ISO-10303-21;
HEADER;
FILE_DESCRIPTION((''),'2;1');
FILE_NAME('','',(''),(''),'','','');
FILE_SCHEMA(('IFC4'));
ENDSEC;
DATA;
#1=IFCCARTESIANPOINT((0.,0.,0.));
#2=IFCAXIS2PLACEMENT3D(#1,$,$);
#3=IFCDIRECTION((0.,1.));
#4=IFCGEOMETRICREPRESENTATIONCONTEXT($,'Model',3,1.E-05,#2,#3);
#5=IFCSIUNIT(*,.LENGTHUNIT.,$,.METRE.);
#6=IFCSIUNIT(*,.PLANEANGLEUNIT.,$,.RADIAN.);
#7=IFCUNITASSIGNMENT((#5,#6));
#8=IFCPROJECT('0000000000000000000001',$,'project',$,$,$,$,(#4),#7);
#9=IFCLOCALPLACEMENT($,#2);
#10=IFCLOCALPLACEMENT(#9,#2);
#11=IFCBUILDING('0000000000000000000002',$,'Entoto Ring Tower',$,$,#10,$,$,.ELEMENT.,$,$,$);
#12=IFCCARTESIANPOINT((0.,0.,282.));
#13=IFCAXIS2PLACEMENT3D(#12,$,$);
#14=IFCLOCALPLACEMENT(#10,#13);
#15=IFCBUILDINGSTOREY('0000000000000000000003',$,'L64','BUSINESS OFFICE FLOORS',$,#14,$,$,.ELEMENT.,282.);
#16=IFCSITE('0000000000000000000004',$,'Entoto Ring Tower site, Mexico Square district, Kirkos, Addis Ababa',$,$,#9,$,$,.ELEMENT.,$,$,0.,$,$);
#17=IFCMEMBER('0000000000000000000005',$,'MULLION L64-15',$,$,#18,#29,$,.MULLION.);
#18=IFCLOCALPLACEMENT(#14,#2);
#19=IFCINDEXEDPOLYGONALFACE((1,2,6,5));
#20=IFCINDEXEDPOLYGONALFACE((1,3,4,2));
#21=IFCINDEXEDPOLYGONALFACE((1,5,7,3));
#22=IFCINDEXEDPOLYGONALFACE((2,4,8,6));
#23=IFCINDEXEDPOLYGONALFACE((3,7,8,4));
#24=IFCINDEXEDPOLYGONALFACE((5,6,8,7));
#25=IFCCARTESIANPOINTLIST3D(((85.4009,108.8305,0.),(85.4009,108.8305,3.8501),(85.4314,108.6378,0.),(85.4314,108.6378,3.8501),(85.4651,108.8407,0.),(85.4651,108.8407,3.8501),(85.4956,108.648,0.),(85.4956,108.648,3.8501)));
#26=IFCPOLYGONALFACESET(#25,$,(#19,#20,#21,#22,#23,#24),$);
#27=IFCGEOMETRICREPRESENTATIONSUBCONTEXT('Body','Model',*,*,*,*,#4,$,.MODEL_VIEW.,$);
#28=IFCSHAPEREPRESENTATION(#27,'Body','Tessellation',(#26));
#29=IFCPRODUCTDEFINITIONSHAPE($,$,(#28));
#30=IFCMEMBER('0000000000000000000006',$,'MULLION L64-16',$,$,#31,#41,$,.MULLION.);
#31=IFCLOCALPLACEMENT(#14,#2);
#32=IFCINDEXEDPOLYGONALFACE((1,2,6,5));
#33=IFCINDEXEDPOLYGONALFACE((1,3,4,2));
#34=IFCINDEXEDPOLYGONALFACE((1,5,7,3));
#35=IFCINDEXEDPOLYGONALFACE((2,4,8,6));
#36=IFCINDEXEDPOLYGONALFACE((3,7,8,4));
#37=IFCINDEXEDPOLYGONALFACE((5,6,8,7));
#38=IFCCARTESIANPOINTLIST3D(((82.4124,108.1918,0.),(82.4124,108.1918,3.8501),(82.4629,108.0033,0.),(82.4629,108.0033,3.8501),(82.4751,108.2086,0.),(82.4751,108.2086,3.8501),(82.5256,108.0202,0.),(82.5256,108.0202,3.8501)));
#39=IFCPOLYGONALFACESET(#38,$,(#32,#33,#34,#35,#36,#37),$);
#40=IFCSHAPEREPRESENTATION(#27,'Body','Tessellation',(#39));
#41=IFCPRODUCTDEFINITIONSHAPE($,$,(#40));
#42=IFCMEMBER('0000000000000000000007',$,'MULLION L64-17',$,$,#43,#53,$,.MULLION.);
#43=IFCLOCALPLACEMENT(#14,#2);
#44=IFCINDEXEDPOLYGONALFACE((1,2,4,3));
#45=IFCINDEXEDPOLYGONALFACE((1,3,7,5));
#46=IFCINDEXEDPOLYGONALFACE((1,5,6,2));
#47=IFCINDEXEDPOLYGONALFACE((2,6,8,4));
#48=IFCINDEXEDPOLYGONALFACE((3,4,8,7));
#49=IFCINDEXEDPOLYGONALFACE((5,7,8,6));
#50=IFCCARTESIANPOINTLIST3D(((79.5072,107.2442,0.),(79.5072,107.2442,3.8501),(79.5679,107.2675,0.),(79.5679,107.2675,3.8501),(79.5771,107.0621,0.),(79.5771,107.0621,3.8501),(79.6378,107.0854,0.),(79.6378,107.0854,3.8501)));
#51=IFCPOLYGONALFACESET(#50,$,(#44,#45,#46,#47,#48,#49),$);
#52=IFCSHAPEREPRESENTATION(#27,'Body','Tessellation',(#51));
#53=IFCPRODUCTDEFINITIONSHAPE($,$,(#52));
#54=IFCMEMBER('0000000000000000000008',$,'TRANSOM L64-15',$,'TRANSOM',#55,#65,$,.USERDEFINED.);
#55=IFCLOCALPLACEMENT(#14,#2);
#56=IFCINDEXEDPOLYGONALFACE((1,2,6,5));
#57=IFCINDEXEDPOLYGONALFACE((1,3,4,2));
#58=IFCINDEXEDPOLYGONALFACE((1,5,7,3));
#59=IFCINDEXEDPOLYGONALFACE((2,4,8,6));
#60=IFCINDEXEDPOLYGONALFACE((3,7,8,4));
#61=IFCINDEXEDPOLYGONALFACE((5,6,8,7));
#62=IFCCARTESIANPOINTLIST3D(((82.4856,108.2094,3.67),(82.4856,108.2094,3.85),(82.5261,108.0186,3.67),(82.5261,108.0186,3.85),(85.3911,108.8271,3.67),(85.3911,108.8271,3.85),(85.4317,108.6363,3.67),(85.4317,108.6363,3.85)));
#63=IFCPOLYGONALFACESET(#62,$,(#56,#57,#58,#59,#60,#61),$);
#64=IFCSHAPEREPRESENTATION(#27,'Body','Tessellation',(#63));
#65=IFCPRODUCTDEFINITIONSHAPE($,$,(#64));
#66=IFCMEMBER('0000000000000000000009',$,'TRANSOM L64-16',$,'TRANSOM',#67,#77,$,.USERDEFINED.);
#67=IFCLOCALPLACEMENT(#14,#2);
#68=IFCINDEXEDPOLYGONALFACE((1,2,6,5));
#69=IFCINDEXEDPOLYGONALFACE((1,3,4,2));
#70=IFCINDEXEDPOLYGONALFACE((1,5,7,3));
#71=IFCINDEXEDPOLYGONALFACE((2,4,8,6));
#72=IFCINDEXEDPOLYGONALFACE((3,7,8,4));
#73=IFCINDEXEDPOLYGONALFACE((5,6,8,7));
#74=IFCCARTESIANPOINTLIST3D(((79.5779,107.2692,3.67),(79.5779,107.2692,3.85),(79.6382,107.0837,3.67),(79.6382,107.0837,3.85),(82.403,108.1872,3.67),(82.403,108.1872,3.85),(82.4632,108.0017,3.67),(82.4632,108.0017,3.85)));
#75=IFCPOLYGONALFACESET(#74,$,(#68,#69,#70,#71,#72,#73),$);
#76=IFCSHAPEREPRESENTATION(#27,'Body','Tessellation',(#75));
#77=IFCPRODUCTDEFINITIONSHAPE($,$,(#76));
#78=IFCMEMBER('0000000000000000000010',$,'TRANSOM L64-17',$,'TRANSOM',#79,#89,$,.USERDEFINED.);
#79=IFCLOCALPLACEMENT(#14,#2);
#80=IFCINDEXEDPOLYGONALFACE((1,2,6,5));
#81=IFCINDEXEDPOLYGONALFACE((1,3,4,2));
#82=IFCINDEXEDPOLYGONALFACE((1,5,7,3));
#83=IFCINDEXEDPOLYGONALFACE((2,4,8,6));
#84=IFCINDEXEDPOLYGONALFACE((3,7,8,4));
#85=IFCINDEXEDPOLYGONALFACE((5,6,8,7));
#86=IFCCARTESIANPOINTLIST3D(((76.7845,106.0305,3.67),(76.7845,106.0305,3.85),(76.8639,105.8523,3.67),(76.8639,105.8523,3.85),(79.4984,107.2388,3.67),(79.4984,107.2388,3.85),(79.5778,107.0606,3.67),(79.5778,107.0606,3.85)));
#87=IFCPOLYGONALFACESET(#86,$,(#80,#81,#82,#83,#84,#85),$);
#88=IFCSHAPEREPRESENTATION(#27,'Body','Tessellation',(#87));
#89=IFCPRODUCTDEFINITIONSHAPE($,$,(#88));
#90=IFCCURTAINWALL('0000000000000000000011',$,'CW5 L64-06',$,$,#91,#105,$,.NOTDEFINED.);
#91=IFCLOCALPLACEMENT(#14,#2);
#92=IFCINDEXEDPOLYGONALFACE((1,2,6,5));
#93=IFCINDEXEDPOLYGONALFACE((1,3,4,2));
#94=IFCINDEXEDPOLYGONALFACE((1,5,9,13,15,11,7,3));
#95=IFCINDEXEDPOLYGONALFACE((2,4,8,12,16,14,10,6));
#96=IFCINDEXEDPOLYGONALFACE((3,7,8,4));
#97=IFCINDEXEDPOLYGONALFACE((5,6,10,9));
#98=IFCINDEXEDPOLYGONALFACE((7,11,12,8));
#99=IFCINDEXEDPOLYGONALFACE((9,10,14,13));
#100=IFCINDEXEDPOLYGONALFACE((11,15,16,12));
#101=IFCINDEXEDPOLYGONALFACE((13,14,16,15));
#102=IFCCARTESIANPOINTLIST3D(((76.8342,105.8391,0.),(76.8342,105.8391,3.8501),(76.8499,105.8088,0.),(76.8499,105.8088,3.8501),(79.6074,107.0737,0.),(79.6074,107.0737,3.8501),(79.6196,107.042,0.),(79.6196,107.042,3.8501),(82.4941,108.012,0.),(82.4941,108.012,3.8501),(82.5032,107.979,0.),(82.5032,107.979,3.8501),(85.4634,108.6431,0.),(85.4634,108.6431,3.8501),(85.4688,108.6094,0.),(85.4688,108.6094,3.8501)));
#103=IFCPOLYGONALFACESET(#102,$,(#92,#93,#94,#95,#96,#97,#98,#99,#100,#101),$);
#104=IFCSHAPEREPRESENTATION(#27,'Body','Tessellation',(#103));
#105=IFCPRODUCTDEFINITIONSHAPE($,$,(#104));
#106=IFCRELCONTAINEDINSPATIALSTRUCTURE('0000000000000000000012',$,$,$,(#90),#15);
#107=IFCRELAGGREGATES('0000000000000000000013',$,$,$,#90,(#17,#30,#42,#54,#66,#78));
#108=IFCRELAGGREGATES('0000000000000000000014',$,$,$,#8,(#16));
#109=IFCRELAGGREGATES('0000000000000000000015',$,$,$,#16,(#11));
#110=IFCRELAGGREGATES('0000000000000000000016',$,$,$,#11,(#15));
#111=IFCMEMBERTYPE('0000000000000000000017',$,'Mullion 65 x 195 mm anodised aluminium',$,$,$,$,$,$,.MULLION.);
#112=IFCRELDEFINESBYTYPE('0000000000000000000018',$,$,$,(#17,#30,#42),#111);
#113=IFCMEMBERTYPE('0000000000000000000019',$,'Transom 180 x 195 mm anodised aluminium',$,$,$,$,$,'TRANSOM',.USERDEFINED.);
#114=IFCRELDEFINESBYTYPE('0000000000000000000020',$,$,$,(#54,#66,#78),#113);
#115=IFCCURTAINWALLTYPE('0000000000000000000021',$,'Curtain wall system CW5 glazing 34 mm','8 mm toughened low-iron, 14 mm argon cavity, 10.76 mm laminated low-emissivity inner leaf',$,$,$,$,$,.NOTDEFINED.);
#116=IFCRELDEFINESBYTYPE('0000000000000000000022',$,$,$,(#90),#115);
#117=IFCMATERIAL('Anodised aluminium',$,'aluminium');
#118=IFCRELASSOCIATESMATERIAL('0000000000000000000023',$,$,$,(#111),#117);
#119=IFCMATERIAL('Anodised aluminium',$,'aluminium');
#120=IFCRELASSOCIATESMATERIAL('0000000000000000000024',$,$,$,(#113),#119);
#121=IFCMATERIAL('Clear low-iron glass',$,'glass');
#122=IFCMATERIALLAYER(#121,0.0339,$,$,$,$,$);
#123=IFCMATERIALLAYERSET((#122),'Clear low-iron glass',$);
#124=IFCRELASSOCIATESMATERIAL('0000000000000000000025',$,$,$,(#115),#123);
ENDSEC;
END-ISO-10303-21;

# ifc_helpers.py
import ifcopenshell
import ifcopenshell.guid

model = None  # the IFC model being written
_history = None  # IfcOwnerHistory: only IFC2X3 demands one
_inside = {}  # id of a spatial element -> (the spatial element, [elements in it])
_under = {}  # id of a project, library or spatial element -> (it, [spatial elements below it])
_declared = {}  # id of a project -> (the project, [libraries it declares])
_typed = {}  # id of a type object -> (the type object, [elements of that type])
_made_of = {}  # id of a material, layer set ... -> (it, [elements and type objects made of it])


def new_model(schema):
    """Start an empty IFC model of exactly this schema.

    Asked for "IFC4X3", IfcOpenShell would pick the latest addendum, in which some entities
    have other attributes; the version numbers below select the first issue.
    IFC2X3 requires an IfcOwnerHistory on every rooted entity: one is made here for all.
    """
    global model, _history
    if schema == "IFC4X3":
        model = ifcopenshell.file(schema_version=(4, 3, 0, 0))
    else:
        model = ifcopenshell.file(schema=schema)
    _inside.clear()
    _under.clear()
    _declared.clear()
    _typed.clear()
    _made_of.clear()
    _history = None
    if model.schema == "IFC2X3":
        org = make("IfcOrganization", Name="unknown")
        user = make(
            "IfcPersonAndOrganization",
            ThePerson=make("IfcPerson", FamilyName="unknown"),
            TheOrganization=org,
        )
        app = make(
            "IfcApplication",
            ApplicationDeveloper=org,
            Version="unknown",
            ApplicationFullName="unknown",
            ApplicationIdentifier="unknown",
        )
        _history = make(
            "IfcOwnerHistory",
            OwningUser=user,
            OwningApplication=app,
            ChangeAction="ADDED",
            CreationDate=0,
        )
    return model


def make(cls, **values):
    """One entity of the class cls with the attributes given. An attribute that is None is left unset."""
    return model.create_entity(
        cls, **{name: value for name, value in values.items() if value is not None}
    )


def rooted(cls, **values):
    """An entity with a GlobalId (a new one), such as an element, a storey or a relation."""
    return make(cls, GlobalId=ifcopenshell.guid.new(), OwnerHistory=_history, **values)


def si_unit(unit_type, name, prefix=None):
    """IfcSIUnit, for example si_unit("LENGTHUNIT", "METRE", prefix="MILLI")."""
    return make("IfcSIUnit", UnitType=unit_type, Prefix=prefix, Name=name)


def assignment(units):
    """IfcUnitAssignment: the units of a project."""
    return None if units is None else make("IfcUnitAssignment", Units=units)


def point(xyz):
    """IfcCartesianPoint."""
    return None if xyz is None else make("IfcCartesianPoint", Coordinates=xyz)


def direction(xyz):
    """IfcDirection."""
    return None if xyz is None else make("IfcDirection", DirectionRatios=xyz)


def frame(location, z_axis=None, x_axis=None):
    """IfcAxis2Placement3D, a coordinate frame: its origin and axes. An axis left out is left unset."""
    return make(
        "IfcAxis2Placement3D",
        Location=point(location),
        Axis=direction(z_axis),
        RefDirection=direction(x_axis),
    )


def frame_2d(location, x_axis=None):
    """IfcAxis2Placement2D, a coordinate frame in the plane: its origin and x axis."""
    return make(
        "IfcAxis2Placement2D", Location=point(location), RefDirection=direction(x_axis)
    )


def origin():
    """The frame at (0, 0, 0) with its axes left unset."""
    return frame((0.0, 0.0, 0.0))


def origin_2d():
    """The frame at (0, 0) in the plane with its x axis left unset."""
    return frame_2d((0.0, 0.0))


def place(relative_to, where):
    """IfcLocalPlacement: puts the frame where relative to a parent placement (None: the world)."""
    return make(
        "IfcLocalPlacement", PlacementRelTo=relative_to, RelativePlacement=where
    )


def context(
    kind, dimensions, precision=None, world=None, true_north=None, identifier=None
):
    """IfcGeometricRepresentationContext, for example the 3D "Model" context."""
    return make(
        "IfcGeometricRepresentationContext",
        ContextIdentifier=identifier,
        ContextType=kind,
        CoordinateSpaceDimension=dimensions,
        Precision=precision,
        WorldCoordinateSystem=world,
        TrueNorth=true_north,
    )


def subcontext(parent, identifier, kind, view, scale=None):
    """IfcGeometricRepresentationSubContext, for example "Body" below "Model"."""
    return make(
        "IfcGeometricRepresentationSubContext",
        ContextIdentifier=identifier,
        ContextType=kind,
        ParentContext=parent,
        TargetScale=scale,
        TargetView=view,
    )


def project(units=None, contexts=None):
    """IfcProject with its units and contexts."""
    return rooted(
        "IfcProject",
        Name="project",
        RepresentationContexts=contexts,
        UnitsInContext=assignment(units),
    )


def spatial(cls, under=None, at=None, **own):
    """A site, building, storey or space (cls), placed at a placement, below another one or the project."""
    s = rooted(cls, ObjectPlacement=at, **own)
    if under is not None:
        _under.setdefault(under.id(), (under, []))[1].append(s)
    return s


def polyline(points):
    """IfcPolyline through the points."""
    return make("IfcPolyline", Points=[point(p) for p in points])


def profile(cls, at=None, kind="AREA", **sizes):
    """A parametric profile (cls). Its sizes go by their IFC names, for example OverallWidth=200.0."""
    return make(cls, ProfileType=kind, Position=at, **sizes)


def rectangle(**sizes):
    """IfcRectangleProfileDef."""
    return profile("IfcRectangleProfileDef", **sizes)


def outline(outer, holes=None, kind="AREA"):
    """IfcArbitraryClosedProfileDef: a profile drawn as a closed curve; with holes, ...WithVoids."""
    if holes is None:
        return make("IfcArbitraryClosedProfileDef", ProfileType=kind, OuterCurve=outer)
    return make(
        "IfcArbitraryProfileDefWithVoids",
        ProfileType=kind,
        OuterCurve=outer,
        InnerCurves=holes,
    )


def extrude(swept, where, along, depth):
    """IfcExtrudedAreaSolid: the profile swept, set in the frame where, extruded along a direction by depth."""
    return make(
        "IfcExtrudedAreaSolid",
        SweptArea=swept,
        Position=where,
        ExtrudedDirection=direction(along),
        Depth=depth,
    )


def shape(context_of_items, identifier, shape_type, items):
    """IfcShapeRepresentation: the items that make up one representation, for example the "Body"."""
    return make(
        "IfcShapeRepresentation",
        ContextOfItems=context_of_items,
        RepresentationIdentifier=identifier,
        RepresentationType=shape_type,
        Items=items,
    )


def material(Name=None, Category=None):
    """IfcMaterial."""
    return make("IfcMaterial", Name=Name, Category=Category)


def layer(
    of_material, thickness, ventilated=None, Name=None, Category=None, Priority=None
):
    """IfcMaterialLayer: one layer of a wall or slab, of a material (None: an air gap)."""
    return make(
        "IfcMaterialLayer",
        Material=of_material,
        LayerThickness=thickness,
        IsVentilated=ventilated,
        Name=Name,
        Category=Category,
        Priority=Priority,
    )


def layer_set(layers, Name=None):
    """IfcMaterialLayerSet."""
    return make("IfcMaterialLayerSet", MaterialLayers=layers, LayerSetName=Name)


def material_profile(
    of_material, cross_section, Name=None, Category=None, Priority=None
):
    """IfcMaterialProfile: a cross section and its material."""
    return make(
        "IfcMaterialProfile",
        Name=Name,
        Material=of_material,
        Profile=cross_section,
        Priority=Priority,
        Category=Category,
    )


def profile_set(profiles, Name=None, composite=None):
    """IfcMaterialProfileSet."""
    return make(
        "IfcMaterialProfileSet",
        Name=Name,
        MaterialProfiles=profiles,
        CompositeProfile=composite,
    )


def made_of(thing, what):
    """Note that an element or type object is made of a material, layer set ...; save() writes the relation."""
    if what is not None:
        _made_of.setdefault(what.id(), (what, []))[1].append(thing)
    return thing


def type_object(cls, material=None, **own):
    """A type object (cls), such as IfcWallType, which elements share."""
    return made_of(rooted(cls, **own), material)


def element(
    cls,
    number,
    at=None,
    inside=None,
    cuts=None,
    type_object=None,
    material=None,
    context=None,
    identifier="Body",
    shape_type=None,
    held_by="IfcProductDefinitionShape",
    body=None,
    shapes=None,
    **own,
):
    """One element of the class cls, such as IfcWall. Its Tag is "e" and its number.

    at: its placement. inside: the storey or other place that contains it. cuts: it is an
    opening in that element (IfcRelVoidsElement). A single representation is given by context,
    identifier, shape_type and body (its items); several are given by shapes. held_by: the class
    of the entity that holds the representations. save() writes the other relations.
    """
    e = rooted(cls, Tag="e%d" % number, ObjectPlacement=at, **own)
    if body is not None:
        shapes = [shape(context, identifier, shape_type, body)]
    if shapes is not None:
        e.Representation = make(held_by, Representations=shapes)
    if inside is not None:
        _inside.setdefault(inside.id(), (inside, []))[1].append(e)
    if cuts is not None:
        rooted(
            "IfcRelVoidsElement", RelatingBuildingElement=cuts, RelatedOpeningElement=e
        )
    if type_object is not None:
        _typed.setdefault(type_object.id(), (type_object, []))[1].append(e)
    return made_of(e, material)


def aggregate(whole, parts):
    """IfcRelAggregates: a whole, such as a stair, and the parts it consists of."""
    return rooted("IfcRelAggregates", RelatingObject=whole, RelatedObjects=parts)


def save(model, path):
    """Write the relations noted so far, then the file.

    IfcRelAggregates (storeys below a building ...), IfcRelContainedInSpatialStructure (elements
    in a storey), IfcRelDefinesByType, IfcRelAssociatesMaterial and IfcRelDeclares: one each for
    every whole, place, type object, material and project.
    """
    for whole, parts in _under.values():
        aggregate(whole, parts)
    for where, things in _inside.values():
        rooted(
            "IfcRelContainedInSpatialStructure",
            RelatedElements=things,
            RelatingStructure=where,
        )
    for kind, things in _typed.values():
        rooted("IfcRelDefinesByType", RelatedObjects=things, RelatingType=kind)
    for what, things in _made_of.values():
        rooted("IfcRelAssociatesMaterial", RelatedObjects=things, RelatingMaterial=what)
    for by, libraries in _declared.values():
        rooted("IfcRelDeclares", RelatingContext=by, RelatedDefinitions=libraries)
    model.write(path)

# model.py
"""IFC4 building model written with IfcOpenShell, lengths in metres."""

from ifc_helpers import new_model, si_unit, direction, frame, origin, origin_2d, place, context, subcontext, project, spatial, polyline, rectangle, outline, extrude, material, layer, layer_set, material_profile, profile_set, type_object, element, aggregate, save


model = new_model("IFC4")

# Units and contexts
model_context = context("Model", 3, precision=1e-05, world=origin(), true_north=direction((0.0, 1.0)))
body_context = subcontext(model_context, "Body", "Model", "MODEL_VIEW")
ifc_project = project(units=[si_unit("LENGTHUNIT", "METRE"), si_unit("PLANEANGLEUNIT", "RADIAN")], contexts=[model_context])

# Members
ifc_material_1 = material(Name="Anodised aluminium", Category="aluminium")
ifc_material_profile_1 = material_profile(ifc_material_1, rectangle(XDim=0.0649, YDim=0.1951, at=origin_2d()), Name="Mullion 65 x 195 mm anodised aluminium")
ifc_profile_set_1 = profile_set([ifc_material_profile_1], Name="Anodised aluminium")
member_type_1 = type_object("IfcMemberType", Name="Mullion 65 x 195 mm anodised aluminium", PredefinedType="MULLION", material=ifc_profile_set_1)
site_placement = place(None, origin())
building_placement = place(site_placement, origin())
storey_placement = place(building_placement, frame((0.0, 0.0, 282.0)))
member_1_placement = place(storey_placement, frame((85.4482, 108.7393, 0.0), z_axis=(0.0, 0.0, 1.0), x_axis=(-0.987688, -0.156434, 0.0)))
member_1 = element("IfcMember", 1, at=member_1_placement, type_object=member_type_1, Name="MULLION L64-15", PredefinedType="MULLION", context=body_context, shape_type="SweptSolid", body=[
    extrude(rectangle(XDim=0.0649, YDim=0.1951, at=origin_2d()), origin(), (0.0, 0.0, 1.0), 3.8501),
])
member_2_placement = place(storey_placement, frame((82.469, 108.106, 0.0), z_axis=(0.0, 0.0, 1.0), x_axis=(-0.965926, -0.258819, 0.0)))
member_2 = element("IfcMember", 2, at=member_2_placement, type_object=member_type_1, Name="MULLION L64-16", PredefinedType="MULLION", context=body_context, shape_type="SweptSolid", body=[
    extrude(rectangle(XDim=0.0649, YDim=0.1951, at=origin_2d()), origin(), (0.0, 0.0, 1.0), 3.8501),
])
member_3_placement = place(storey_placement, frame((79.5725, 107.1648, 0.0), z_axis=(0.0, 0.0, 1.0), x_axis=(-0.93358, -0.358368, 0.0)))
member_3 = element("IfcMember", 3, at=member_3_placement, type_object=member_type_1, Name="MULLION L64-17", PredefinedType="MULLION", context=body_context, shape_type="SweptSolid", body=[
    extrude(rectangle(XDim=0.0649, YDim=0.1951, at=origin_2d()), origin(), (0.0, 0.0, 1.0), 3.8501),
])
ifc_material_2 = material(Name="Anodised aluminium", Category="aluminium")
ifc_material_profile_2 = material_profile(ifc_material_2, rectangle(XDim=0.1951, YDim=0.1799, at=origin_2d()), Name="Transom 180 x 195 mm anodised aluminium")
ifc_profile_set_2 = profile_set([ifc_material_profile_2], Name="Anodised aluminium")
member_type_2 = type_object("IfcMemberType", Name="Transom 180 x 195 mm anodised aluminium", ElementType="TRANSOM", PredefinedType="USERDEFINED", material=ifc_profile_set_2)
member_4_placement = place(storey_placement, frame((85.4114, 108.7317, 3.76), z_axis=(-0.978142, -0.20794, 0.0), x_axis=(0.20794, -0.978142, 0.0)))
member_4 = element("IfcMember", 4, at=member_4_placement, type_object=member_type_2, Name="TRANSOM L64-15", ObjectType="TRANSOM", PredefinedType="USERDEFINED", context=body_context, shape_type="SweptSolid", body=[
    extrude(rectangle(XDim=0.1951, YDim=0.1799, at=origin_2d()), origin(), (0.0, 0.0, 1.0), 2.9705),
])
member_5_placement = place(storey_placement, frame((82.4331, 108.0945, 3.76), z_axis=(-0.951048, -0.309043, 0.0), x_axis=(0.309043, -0.951048, 0.0)))
member_5 = element("IfcMember", 5, at=member_5_placement, type_object=member_type_2, Name="TRANSOM L64-16", ObjectType="TRANSOM", PredefinedType="USERDEFINED", context=body_context, shape_type="SweptSolid", body=[
    extrude(rectangle(XDim=0.1951, YDim=0.1799, at=origin_2d()), origin(), (0.0, 0.0, 1.0), 2.9705),
])
member_6_placement = place(storey_placement, frame((79.5381, 107.1497, 3.76), z_axis=(-0.91355, -0.406726, 0.0), x_axis=(0.406726, -0.91355, 0.0)))
member_6 = element("IfcMember", 6, at=member_6_placement, type_object=member_type_2, Name="TRANSOM L64-17", ObjectType="TRANSOM", PredefinedType="USERDEFINED", context=body_context, shape_type="SweptSolid", body=[
    extrude(rectangle(XDim=0.1951, YDim=0.1799, at=origin_2d()), origin(), (0.0, 0.0, 1.0), 2.9707),
])

# Site, building, storey
site = spatial("IfcSite", under=ifc_project, at=site_placement, Name="Entoto Ring Tower site, Mexico Square district, Kirkos, Addis Ababa", CompositionType="ELEMENT", RefElevation=0.0)
building = spatial("IfcBuilding", under=site, at=building_placement, Name="Entoto Ring Tower", CompositionType="ELEMENT")
storey = spatial("IfcBuildingStorey", under=building, at=storey_placement, Name="L64", Description="BUSINESS OFFICE FLOORS", CompositionType="ELEMENT", Elevation=282.0)

# Curtain wall
ifc_material_3 = material(Name="Clear low-iron glass", Category="glass")
ifc_layer = layer(ifc_material_3, 0.0339)
ifc_layer_set = layer_set([ifc_layer], Name="Clear low-iron glass")
curtain_wall_type = type_object("IfcCurtainWallType", Name="Curtain wall system CW5 glazing 34 mm", Description="8 mm toughened low-iron, 14 mm argon cavity, 10.76 mm laminated low-emissivity inner leaf", PredefinedType="NOTDEFINED", material=ifc_layer_set)
curtain_wall_1_placement = place(storey_placement, origin())
curtain_wall_1 = element("IfcCurtainWall", 7, at=curtain_wall_1_placement, inside=storey, type_object=curtain_wall_type, Name="CW5 L64-06", PredefinedType="NOTDEFINED", context=body_context, shape_type="SweptSolid", body=[
    extrude(outline(polyline([(85.4634, 108.6431), (82.4941, 108.012), (79.6074, 107.0737), (76.8342, 105.8391), (76.8499, 105.8088), (79.6196, 107.042), (82.5032, 107.979), (85.4688, 108.6094), (85.4634, 108.6431)])), origin(), (0.0, 0.0, 1.0), 3.8501),
])
aggregate(curtain_wall_1, [member_1, member_2, member_3, member_4, member_5, member_6])

save(model, "model.ifc")
